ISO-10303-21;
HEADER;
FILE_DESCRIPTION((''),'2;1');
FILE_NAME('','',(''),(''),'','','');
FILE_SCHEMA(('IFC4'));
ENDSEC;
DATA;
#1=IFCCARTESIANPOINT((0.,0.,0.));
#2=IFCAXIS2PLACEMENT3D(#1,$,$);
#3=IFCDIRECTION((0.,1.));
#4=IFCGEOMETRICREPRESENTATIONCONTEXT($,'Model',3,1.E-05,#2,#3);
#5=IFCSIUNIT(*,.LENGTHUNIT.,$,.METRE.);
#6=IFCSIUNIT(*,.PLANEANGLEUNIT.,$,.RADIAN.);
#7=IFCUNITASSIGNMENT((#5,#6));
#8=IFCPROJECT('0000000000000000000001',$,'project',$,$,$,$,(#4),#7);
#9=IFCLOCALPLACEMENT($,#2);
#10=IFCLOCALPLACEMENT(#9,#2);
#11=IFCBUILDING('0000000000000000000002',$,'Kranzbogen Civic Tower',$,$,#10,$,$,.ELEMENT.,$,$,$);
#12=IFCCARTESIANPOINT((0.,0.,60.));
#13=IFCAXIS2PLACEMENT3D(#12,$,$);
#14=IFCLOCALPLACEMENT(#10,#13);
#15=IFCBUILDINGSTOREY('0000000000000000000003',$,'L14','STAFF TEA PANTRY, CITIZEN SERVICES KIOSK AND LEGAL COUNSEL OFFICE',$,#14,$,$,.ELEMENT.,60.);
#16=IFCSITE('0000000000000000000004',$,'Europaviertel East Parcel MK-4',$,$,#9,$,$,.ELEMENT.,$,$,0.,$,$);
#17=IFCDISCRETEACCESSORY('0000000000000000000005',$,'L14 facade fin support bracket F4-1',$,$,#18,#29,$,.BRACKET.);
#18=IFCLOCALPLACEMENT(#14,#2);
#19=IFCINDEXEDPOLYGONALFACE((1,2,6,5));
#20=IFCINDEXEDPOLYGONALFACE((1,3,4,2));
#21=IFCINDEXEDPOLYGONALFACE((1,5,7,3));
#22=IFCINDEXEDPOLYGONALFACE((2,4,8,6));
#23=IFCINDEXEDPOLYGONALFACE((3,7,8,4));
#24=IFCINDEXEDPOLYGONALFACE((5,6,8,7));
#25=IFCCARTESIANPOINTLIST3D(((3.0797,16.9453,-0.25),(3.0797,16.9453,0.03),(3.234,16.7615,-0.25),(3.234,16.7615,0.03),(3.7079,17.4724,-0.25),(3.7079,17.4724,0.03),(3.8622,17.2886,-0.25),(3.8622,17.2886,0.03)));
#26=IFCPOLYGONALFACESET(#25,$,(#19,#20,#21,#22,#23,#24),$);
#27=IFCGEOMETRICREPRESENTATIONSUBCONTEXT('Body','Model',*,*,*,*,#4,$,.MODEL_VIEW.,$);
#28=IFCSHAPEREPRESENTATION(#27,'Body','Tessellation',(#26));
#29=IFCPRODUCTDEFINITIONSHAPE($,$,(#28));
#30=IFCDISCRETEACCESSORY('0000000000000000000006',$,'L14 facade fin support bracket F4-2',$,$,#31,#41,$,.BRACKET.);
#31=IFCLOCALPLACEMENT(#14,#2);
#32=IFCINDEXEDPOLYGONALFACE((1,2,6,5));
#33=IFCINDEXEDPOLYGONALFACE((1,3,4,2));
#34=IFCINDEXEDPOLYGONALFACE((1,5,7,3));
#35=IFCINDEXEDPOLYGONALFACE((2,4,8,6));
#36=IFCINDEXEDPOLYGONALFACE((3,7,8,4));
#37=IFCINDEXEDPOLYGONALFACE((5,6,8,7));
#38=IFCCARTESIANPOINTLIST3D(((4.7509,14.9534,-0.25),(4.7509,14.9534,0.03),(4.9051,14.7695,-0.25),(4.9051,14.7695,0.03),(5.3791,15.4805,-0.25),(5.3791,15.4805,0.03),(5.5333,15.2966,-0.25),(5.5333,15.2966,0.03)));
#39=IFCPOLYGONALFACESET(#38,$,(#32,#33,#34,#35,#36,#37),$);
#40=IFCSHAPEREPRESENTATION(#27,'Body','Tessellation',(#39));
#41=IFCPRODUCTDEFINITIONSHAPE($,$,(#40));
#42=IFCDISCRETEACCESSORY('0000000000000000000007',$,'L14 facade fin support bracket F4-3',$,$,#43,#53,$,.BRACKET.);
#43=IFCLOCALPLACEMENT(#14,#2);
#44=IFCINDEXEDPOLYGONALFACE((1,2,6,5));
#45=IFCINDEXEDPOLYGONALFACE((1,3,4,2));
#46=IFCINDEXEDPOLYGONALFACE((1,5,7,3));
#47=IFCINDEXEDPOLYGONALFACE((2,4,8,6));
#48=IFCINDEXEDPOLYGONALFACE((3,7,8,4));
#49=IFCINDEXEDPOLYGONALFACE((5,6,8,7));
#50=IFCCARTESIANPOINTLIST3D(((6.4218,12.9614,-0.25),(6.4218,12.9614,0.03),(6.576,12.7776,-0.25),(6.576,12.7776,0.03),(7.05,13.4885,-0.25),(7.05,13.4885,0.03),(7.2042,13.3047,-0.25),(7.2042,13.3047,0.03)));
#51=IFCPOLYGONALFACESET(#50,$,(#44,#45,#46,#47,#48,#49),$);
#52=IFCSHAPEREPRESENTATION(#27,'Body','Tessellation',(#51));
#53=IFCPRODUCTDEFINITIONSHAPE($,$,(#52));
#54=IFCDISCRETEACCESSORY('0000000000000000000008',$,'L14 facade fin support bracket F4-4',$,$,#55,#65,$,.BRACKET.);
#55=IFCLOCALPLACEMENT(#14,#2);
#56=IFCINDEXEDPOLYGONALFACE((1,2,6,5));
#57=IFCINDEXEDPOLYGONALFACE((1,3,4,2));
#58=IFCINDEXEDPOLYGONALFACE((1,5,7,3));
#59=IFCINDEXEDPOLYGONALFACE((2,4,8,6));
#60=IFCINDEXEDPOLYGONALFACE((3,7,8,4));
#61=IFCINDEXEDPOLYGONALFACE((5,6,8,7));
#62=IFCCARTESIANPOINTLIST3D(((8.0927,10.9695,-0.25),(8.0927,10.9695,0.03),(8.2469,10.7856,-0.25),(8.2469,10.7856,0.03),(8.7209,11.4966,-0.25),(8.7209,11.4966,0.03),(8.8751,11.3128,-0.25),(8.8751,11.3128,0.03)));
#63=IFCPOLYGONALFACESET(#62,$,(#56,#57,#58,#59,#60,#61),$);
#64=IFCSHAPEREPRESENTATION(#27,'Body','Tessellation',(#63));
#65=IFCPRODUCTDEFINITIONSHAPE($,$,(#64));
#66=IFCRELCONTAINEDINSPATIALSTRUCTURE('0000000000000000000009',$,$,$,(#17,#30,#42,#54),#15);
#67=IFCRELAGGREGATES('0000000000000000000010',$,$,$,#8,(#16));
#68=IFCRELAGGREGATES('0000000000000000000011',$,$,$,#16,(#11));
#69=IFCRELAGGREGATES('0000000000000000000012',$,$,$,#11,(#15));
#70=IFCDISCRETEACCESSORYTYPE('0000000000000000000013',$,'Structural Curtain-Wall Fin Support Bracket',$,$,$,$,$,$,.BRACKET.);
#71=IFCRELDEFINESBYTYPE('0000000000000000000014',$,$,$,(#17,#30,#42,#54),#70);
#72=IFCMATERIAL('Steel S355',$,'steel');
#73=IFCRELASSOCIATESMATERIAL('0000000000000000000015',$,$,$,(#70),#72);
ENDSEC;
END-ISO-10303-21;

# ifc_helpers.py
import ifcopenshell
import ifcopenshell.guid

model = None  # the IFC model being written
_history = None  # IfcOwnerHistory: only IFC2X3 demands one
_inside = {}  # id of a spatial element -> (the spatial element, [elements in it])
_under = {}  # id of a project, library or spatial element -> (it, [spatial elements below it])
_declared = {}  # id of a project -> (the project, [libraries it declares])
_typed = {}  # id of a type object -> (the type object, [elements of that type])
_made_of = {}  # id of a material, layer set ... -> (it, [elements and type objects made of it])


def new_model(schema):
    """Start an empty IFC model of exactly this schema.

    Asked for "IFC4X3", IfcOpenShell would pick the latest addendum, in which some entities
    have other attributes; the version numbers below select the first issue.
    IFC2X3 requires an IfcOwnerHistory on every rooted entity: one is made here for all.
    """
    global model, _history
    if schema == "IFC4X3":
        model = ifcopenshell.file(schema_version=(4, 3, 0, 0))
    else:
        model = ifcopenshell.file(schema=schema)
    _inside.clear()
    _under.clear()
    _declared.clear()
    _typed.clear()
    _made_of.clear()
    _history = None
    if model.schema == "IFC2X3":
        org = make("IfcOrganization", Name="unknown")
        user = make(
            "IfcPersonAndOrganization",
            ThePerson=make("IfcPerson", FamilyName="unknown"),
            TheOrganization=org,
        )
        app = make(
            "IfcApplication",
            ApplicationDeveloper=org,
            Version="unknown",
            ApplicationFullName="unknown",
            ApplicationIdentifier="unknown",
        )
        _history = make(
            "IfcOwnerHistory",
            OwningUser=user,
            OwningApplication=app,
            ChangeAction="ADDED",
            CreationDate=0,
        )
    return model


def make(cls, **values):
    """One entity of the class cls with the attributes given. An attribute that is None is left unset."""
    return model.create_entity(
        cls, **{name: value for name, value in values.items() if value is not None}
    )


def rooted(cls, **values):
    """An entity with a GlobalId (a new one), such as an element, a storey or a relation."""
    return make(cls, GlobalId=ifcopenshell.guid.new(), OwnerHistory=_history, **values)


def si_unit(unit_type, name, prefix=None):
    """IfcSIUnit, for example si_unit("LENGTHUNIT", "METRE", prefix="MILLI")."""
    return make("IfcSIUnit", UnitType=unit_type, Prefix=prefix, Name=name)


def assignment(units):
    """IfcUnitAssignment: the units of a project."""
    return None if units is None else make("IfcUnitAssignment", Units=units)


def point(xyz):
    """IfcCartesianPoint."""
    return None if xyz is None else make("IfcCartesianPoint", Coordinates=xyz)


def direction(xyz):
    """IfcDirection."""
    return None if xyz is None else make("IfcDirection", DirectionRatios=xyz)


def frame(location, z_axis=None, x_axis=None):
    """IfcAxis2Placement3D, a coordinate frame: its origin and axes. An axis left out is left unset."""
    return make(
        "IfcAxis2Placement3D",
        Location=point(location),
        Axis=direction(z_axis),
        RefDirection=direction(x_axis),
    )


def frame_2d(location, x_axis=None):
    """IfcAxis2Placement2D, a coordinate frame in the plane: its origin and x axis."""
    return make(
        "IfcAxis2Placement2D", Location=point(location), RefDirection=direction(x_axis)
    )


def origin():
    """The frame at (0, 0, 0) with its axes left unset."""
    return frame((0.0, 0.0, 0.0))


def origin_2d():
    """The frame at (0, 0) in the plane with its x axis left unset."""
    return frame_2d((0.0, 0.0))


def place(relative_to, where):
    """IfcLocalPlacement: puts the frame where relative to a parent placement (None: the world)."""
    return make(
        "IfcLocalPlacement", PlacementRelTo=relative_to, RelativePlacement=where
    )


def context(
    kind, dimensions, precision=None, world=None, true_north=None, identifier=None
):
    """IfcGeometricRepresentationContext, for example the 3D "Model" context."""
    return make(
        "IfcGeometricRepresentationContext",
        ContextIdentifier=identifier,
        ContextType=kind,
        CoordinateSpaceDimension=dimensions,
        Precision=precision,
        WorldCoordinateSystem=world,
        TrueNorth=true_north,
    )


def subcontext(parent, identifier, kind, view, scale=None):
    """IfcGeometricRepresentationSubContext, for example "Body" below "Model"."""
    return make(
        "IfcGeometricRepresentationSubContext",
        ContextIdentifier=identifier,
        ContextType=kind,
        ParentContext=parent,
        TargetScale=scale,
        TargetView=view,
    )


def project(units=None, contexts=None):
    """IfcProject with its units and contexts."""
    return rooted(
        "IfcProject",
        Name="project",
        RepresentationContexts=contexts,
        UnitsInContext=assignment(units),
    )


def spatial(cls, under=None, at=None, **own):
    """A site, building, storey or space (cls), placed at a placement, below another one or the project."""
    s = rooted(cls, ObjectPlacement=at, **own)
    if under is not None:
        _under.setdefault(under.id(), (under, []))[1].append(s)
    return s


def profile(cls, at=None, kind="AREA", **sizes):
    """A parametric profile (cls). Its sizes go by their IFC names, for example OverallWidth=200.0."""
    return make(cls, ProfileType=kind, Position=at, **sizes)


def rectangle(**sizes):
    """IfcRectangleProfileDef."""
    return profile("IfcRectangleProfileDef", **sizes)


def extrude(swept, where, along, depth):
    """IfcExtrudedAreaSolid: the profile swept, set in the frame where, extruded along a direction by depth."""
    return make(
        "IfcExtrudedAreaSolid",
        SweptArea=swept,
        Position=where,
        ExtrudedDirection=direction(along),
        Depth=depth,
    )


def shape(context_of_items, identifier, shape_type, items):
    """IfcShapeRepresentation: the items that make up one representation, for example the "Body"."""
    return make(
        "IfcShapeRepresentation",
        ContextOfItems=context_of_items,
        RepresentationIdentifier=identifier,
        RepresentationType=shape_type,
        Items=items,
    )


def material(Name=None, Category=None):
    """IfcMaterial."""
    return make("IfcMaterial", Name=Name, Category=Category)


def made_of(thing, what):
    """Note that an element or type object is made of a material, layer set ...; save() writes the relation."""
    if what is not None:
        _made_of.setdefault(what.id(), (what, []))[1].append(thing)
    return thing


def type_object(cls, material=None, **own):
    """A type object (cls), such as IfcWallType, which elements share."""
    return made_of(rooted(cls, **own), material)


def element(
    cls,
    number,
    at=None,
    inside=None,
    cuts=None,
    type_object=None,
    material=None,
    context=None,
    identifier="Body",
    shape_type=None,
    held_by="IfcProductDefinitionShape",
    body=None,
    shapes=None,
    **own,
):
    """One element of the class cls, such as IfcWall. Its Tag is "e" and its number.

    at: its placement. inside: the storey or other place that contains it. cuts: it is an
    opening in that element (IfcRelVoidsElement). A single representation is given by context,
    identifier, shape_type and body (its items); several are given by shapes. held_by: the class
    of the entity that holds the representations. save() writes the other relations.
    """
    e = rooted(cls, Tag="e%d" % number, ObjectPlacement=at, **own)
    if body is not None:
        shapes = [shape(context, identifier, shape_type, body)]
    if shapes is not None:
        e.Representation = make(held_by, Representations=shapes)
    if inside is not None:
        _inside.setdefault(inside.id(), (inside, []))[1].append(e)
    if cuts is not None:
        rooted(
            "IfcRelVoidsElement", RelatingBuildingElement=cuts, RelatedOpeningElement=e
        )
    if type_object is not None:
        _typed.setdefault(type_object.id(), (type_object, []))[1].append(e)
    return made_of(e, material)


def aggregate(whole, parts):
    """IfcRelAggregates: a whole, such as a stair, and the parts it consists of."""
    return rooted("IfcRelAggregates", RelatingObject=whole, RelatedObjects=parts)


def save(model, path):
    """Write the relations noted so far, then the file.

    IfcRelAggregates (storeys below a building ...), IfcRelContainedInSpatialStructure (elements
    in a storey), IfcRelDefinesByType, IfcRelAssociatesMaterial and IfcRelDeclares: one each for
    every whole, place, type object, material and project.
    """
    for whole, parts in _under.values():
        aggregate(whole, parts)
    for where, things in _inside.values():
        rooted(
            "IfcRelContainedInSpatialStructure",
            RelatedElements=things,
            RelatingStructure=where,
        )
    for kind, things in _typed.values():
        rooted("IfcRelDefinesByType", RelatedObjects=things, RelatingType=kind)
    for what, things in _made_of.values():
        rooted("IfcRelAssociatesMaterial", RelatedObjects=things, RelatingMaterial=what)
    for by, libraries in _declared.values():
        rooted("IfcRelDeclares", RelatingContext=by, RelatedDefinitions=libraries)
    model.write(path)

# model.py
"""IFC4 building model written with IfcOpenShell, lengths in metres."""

from ifc_helpers import new_model, si_unit, direction, frame, origin, origin_2d, place, context, subcontext, project, spatial, rectangle, extrude, material, type_object, element, save


model = new_model("IFC4")

# Units and contexts
model_context = context("Model", 3, precision=1e-05, world=origin(), true_north=direction((0.0, 1.0)))
body_context = subcontext(model_context, "Body", "Model", "MODEL_VIEW")
ifc_project = project(units=[si_unit("LENGTHUNIT", "METRE"), si_unit("PLANEANGLEUNIT", "RADIAN")], contexts=[model_context])

# Site, building, storey
site_placement = place(None, origin())
site = spatial("IfcSite", under=ifc_project, at=site_placement, Name="Europaviertel East Parcel MK-4", CompositionType="ELEMENT", RefElevation=0.0)
building_placement = place(site_placement, origin())
building = spatial("IfcBuilding", under=site, at=building_placement, Name="Kranzbogen Civic Tower", CompositionType="ELEMENT")
storey_placement = place(building_placement, frame((0.0, 0.0, 60.0)))
storey = spatial("IfcBuildingStorey", under=building, at=storey_placement, Name="L14", Description="STAFF TEA PANTRY, CITIZEN SERVICES KIOSK AND LEGAL COUNSEL OFFICE", CompositionType="ELEMENT", Elevation=60.0)

# Shared definitions
ifc_material_1 = material(Name="Steel S355", Category="steel")

# Discrete accessories
discrete_accessory_type = type_object("IfcDiscreteAccessoryType", Name="Structural Curtain-Wall Fin Support Bracket", PredefinedType="BRACKET", material=ifc_material_1)
for number, where, z_axis, x_axis, name in (
    (1, (3.4709, 17.1169, -0.25), (0.0, 0.0, 1.0), (-0.766044, -0.642788, 0.0), "L14 facade fin support bracket F4-1"),
    (2, (5.1421, 15.125, -0.25), (0.0, 0.0, 1.0), (-0.766044, -0.642788, 0.0), "L14 facade fin support bracket F4-2"),
    (3, (6.813, 13.1331, -0.25), (0.0, 0.0, 1.0), (-0.766044, -0.642788, 0.0), "L14 facade fin support bracket F4-3"),
    (4, (8.4839, 11.1411, -0.25), (0.0, 0.0, 1.0), (-0.766044, -0.642788, 0.0), "L14 facade fin support bracket F4-4"),
):
    element("IfcDiscreteAccessory", number, at=place(storey_placement, frame(where, z_axis=z_axis, x_axis=x_axis)), inside=storey, type_object=discrete_accessory_type, Name=name, PredefinedType="BRACKET", context=body_context, shape_type="SweptSolid", body=[
        extrude(rectangle(XDim=0.8201, YDim=0.24, at=origin_2d()), origin(), (0.0, 0.0, 1.0), 0.28),
    ])

save(model, "model.ifc")
